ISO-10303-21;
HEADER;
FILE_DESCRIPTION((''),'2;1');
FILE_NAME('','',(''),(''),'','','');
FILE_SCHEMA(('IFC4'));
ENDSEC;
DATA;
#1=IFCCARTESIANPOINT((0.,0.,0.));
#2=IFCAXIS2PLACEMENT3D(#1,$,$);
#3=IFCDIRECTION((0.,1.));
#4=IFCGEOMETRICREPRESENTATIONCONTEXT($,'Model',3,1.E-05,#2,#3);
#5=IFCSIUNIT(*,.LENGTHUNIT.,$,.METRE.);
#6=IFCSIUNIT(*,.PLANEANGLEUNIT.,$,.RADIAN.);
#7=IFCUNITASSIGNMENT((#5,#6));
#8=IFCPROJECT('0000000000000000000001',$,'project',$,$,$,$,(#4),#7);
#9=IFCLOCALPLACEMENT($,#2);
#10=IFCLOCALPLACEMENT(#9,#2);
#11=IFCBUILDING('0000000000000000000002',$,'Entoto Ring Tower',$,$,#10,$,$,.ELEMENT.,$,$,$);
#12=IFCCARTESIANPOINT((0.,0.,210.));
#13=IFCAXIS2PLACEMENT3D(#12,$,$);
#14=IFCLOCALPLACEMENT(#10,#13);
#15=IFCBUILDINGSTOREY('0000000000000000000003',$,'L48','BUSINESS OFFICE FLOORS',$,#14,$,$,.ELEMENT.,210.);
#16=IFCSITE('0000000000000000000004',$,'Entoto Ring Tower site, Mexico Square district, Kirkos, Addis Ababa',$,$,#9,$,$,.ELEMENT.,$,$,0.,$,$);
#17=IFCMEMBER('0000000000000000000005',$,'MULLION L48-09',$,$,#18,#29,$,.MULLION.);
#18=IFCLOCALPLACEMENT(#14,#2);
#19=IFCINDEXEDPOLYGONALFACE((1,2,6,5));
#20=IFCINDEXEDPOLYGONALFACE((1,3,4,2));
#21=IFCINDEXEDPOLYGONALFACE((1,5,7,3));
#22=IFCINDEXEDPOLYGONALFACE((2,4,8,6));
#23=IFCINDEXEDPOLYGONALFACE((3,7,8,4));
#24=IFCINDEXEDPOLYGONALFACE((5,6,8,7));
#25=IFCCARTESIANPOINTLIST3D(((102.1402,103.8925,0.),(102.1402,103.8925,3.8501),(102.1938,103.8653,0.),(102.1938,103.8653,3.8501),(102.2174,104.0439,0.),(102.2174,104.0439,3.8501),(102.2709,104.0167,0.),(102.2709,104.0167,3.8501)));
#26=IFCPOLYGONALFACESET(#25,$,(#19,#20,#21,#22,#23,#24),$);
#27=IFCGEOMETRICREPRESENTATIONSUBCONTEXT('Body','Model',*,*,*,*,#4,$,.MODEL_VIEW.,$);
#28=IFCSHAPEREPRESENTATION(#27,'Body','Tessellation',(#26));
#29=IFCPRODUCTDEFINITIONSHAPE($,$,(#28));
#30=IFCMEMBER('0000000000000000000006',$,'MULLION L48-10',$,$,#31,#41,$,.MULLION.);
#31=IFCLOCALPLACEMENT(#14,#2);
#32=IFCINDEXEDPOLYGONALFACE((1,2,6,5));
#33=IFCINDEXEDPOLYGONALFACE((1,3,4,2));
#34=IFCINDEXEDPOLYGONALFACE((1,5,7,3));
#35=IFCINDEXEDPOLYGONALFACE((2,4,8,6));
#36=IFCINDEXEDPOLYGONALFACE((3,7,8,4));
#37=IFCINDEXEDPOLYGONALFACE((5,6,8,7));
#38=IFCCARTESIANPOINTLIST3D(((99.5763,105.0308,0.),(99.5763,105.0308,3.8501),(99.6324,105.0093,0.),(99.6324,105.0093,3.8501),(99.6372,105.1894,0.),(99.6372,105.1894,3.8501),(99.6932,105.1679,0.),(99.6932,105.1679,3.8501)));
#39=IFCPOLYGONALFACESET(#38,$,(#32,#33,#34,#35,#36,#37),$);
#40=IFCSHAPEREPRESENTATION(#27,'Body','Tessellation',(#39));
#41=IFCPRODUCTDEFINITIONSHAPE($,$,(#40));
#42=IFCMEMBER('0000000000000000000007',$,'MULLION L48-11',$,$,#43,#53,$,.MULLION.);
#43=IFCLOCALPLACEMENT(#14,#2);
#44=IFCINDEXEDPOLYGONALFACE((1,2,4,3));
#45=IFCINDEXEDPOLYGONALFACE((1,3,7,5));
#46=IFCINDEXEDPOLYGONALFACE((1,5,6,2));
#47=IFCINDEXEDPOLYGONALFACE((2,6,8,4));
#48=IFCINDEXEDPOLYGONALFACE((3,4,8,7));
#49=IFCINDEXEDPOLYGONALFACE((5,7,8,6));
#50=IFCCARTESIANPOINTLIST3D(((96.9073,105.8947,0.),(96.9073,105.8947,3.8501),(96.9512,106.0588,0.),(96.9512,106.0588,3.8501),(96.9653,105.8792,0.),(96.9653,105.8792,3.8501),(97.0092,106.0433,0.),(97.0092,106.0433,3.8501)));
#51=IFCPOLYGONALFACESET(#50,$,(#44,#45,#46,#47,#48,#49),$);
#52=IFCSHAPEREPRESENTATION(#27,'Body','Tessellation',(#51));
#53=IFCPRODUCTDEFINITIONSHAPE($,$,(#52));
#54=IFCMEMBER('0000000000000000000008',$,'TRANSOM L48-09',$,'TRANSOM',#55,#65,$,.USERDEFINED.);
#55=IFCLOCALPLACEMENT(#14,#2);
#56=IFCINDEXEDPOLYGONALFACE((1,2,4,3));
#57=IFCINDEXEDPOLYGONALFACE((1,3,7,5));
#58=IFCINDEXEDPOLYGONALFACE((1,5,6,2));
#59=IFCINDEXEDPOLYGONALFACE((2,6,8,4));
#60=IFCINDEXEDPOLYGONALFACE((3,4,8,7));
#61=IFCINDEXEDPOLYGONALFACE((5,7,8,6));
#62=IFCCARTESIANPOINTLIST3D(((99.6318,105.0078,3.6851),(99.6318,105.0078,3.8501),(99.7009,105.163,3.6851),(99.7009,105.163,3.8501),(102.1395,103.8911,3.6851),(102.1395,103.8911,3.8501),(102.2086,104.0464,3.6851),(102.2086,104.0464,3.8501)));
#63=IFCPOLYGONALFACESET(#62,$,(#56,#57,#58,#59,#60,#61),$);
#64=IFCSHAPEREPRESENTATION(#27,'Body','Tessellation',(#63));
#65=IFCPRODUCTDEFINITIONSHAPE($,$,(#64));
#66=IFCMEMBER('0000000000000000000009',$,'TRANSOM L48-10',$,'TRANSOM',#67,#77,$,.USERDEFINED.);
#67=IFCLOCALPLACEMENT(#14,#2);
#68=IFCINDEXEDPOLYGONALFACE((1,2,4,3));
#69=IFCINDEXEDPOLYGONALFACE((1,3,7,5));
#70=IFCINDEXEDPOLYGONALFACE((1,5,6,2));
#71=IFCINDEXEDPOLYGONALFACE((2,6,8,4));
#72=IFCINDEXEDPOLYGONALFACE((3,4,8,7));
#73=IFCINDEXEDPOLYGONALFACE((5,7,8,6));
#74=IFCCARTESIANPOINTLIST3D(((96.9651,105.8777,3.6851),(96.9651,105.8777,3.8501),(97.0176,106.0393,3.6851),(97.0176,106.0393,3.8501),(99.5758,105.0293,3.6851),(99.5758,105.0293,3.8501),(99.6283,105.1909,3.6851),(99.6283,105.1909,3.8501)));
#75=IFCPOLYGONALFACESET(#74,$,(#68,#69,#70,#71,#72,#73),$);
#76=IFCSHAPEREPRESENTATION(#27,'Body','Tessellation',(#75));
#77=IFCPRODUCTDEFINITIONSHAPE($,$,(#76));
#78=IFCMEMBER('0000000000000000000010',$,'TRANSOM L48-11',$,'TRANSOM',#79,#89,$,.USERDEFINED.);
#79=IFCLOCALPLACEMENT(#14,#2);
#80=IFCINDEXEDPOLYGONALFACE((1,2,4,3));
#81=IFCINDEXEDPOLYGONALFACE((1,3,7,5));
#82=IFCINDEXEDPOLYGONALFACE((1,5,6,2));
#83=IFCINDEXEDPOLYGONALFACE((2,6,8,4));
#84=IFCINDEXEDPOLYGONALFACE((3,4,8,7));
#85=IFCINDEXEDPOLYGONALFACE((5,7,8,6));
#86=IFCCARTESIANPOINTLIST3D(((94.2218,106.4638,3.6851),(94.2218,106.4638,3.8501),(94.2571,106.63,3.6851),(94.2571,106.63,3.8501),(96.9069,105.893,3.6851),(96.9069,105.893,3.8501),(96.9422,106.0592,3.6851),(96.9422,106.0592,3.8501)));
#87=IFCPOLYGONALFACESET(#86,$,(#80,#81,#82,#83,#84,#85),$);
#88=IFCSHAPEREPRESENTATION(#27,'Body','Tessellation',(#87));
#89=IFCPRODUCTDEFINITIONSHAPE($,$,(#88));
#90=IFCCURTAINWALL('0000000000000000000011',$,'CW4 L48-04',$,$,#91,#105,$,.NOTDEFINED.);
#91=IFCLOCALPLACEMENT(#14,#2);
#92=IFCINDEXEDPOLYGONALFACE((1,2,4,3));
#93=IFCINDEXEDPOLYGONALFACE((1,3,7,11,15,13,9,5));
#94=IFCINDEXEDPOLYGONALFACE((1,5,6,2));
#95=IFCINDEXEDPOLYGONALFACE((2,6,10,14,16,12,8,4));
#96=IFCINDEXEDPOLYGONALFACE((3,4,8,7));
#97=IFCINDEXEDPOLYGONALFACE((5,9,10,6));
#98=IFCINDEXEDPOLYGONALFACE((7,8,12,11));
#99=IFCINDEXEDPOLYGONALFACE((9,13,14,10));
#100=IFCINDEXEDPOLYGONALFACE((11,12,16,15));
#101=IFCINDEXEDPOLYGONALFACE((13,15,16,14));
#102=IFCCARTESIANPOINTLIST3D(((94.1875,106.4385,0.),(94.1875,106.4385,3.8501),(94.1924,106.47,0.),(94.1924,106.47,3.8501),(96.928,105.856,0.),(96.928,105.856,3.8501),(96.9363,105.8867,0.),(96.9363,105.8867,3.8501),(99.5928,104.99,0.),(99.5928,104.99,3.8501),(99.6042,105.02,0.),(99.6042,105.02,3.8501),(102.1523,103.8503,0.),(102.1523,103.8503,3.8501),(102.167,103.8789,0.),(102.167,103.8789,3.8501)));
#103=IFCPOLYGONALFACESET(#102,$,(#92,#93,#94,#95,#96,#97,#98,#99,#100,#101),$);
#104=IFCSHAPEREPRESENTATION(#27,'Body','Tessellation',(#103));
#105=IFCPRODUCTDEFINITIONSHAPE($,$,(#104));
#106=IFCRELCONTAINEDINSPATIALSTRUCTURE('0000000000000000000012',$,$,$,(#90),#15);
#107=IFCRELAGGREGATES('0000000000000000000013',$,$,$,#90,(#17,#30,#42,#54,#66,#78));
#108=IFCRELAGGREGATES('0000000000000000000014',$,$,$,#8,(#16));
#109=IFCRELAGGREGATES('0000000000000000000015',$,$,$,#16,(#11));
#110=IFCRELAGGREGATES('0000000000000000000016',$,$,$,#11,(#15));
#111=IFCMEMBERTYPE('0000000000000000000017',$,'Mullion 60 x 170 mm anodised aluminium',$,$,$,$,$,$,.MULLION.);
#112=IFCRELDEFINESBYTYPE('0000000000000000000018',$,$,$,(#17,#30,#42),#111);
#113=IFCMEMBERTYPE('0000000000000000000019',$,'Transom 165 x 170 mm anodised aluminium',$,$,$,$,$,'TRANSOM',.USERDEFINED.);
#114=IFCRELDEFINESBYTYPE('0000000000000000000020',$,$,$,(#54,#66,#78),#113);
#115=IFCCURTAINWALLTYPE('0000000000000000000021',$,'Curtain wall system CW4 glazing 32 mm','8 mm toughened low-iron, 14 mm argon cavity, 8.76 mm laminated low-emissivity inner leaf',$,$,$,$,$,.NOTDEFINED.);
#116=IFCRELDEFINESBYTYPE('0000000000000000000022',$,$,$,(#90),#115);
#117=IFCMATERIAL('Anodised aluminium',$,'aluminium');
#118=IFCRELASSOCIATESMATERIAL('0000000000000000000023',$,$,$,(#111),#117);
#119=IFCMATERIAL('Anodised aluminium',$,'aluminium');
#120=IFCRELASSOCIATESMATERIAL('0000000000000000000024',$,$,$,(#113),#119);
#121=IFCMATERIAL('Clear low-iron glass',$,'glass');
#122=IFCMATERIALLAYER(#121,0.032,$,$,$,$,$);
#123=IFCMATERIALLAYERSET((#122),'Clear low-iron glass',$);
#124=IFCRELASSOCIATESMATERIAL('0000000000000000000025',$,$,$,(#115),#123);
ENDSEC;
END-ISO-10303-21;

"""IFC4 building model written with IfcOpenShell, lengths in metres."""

from ifc_helpers import new_model, si_unit, direction, frame, origin, origin_2d, place, context, subcontext, project, spatial, polyline, rectangle, outline, extrude, material, layer, layer_set, material_profile, profile_set, type_object, element, aggregate, save


model = new_model("IFC4")

# Units and contexts
model_context = context("Model", 3, precision=1e-05, world=origin(), true_north=direction((0.0, 1.0)))
body_context = subcontext(model_context, "Body", "Model", "MODEL_VIEW")
ifc_project = project(units=[si_unit("LENGTHUNIT", "METRE"), si_unit("PLANEANGLEUNIT", "RADIAN")], contexts=[model_context])

# Members
ifc_material_1 = material(Name="Anodised aluminium", Category="aluminium")
ifc_material_profile_1 = material_profile(ifc_material_1, rectangle(XDim=0.0601, YDim=0.1699, at=origin_2d()), Name="Mullion 60 x 170 mm anodised aluminium")
ifc_profile_set_1 = profile_set([ifc_material_profile_1], Name="Anodised aluminium")
member_type_1 = type_object("IfcMemberType", Name="Mullion 60 x 170 mm anodised aluminium", PredefinedType="MULLION", material=ifc_profile_set_1)
site_placement = place(None, origin())
building_placement = place(site_placement, origin())
storey_placement = place(building_placement, frame((0.0, 0.0, 210.0)))
member_1_placement = place(storey_placement, frame((102.2056, 103.9546, 0.0), z_axis=(0.0, 0.0, 1.0), x_axis=(-0.891007, 0.45399, 0.0)))
member_1 = element("IfcMember", 1, at=member_1_placement, type_object=member_type_1, Name="MULLION L48-09", PredefinedType="MULLION", context=body_context, shape_type="SweptSolid", body=[
    extrude(rectangle(XDim=0.0601, YDim=0.1699, at=origin_2d()), origin(), (0.0, 0.0, 1.0), 3.8501),
])
member_2_placement = place(storey_placement, frame((99.6348, 105.0994, 0.0), z_axis=(0.0, 0.0, 1.0), x_axis=(-0.93358, 0.358368, 0.0)))
member_2 = element("IfcMember", 2, at=member_2_placement, type_object=member_type_1, Name="MULLION L48-10", PredefinedType="MULLION", context=body_context, shape_type="SweptSolid", body=[
    extrude(rectangle(XDim=0.0601, YDim=0.1699, at=origin_2d()), origin(), (0.0, 0.0, 1.0), 3.8501),
])
member_3_placement = place(storey_placement, frame((96.9583, 105.969, 0.0), z_axis=(0.0, 0.0, 1.0), x_axis=(-0.965926, 0.258819, 0.0)))
member_3 = element("IfcMember", 3, at=member_3_placement, type_object=member_type_1, Name="MULLION L48-11", PredefinedType="MULLION", context=body_context, shape_type="SweptSolid", body=[
    extrude(rectangle(XDim=0.0601, YDim=0.1699, at=origin_2d()), origin(), (0.0, 0.0, 1.0), 3.8501),
])
ifc_material_2 = material(Name="Anodised aluminium", Category="aluminium")
ifc_material_profile_2 = material_profile(ifc_material_2, rectangle(XDim=0.1699, YDim=0.165, at=origin_2d()), Name="Transom 165 x 170 mm anodised aluminium")
ifc_profile_set_2 = profile_set([ifc_material_profile_2], Name="Anodised aluminium")
member_type_2 = type_object("IfcMemberType", Name="Transom 165 x 170 mm anodised aluminium", ElementType="TRANSOM", PredefinedType="USERDEFINED", material=ifc_profile_set_2)
member_4_placement = place(storey_placement, frame((102.1741, 103.9688, 3.7676), z_axis=(-0.913525, 0.406782, 0.0), x_axis=(-0.406782, -0.913525, 0.0)))
member_4 = element("IfcMember", 4, at=member_4_placement, type_object=member_type_2, Name="TRANSOM L48-09", ObjectType="TRANSOM", PredefinedType="USERDEFINED", context=body_context, shape_type="SweptSolid", body=[
    extrude(rectangle(XDim=0.1699, YDim=0.165, at=origin_2d()), origin(), (0.0, 0.0, 1.0), 2.7451),
])
member_5_placement = place(storey_placement, frame((99.6021, 105.1101, 3.7676), z_axis=(-0.951048, 0.309042, 0.0), x_axis=(-0.309042, -0.951048, 0.0)))
member_5 = element("IfcMember", 5, at=member_5_placement, type_object=member_type_2, Name="TRANSOM L48-10", ObjectType="TRANSOM", PredefinedType="USERDEFINED", context=body_context, shape_type="SweptSolid", body=[
    extrude(rectangle(XDim=0.1699, YDim=0.165, at=origin_2d()), origin(), (0.0, 0.0, 1.0), 2.7451),
])
member_6_placement = place(storey_placement, frame((96.9246, 105.9761, 3.7676), z_axis=(-0.978142, 0.207937, 0.0), x_axis=(-0.207937, -0.978142, 0.0)))
member_6 = element("IfcMember", 6, at=member_6_placement, type_object=member_type_2, Name="TRANSOM L48-11", ObjectType="TRANSOM", PredefinedType="USERDEFINED", context=body_context, shape_type="SweptSolid", body=[
    extrude(rectangle(XDim=0.1699, YDim=0.165, at=origin_2d()), origin(), (0.0, 0.0, 1.0), 2.7451),
])

# Site, building, storey
site = spatial("IfcSite", under=ifc_project, at=site_placement, Name="Entoto Ring Tower site, Mexico Square district, Kirkos, Addis Ababa", CompositionType="ELEMENT", RefElevation=0.0)
building = spatial("IfcBuilding", under=site, at=building_placement, Name="Entoto Ring Tower", CompositionType="ELEMENT")
storey = spatial("IfcBuildingStorey", under=building, at=storey_placement, Name="L48", Description="BUSINESS OFFICE FLOORS", CompositionType="ELEMENT", Elevation=210.0)

# Curtain wall
ifc_material_3 = material(Name="Clear low-iron glass", Category="glass")
ifc_layer = layer(ifc_material_3, 0.032)
ifc_layer_set = layer_set([ifc_layer], Name="Clear low-iron glass")
curtain_wall_type = type_object("IfcCurtainWallType", Name="Curtain wall system CW4 glazing 32 mm", Description="8 mm toughened low-iron, 14 mm argon cavity, 8.76 mm laminated low-emissivity inner leaf", PredefinedType="NOTDEFINED", material=ifc_layer_set)
curtain_wall_1_placement = place(storey_placement, origin())
curtain_wall_1 = element("IfcCurtainWall", 7, at=curtain_wall_1_placement, inside=storey, type_object=curtain_wall_type, Name="CW4 L48-04", PredefinedType="NOTDEFINED", context=body_context, shape_type="SweptSolid", body=[
    extrude(outline(polyline([(102.167, 103.8789), (99.6042, 105.02), (96.9363, 105.8867), (94.1924, 106.47), (94.1875, 106.4385), (96.928, 105.856), (99.5928, 104.99), (102.1523, 103.8503), (102.167, 103.8789)])), origin(), (0.0, 0.0, 1.0), 3.8501),
])
aggregate(curtain_wall_1, [member_1, member_2, member_3, member_4, member_5, member_6])

save(model, "model.ifc")
